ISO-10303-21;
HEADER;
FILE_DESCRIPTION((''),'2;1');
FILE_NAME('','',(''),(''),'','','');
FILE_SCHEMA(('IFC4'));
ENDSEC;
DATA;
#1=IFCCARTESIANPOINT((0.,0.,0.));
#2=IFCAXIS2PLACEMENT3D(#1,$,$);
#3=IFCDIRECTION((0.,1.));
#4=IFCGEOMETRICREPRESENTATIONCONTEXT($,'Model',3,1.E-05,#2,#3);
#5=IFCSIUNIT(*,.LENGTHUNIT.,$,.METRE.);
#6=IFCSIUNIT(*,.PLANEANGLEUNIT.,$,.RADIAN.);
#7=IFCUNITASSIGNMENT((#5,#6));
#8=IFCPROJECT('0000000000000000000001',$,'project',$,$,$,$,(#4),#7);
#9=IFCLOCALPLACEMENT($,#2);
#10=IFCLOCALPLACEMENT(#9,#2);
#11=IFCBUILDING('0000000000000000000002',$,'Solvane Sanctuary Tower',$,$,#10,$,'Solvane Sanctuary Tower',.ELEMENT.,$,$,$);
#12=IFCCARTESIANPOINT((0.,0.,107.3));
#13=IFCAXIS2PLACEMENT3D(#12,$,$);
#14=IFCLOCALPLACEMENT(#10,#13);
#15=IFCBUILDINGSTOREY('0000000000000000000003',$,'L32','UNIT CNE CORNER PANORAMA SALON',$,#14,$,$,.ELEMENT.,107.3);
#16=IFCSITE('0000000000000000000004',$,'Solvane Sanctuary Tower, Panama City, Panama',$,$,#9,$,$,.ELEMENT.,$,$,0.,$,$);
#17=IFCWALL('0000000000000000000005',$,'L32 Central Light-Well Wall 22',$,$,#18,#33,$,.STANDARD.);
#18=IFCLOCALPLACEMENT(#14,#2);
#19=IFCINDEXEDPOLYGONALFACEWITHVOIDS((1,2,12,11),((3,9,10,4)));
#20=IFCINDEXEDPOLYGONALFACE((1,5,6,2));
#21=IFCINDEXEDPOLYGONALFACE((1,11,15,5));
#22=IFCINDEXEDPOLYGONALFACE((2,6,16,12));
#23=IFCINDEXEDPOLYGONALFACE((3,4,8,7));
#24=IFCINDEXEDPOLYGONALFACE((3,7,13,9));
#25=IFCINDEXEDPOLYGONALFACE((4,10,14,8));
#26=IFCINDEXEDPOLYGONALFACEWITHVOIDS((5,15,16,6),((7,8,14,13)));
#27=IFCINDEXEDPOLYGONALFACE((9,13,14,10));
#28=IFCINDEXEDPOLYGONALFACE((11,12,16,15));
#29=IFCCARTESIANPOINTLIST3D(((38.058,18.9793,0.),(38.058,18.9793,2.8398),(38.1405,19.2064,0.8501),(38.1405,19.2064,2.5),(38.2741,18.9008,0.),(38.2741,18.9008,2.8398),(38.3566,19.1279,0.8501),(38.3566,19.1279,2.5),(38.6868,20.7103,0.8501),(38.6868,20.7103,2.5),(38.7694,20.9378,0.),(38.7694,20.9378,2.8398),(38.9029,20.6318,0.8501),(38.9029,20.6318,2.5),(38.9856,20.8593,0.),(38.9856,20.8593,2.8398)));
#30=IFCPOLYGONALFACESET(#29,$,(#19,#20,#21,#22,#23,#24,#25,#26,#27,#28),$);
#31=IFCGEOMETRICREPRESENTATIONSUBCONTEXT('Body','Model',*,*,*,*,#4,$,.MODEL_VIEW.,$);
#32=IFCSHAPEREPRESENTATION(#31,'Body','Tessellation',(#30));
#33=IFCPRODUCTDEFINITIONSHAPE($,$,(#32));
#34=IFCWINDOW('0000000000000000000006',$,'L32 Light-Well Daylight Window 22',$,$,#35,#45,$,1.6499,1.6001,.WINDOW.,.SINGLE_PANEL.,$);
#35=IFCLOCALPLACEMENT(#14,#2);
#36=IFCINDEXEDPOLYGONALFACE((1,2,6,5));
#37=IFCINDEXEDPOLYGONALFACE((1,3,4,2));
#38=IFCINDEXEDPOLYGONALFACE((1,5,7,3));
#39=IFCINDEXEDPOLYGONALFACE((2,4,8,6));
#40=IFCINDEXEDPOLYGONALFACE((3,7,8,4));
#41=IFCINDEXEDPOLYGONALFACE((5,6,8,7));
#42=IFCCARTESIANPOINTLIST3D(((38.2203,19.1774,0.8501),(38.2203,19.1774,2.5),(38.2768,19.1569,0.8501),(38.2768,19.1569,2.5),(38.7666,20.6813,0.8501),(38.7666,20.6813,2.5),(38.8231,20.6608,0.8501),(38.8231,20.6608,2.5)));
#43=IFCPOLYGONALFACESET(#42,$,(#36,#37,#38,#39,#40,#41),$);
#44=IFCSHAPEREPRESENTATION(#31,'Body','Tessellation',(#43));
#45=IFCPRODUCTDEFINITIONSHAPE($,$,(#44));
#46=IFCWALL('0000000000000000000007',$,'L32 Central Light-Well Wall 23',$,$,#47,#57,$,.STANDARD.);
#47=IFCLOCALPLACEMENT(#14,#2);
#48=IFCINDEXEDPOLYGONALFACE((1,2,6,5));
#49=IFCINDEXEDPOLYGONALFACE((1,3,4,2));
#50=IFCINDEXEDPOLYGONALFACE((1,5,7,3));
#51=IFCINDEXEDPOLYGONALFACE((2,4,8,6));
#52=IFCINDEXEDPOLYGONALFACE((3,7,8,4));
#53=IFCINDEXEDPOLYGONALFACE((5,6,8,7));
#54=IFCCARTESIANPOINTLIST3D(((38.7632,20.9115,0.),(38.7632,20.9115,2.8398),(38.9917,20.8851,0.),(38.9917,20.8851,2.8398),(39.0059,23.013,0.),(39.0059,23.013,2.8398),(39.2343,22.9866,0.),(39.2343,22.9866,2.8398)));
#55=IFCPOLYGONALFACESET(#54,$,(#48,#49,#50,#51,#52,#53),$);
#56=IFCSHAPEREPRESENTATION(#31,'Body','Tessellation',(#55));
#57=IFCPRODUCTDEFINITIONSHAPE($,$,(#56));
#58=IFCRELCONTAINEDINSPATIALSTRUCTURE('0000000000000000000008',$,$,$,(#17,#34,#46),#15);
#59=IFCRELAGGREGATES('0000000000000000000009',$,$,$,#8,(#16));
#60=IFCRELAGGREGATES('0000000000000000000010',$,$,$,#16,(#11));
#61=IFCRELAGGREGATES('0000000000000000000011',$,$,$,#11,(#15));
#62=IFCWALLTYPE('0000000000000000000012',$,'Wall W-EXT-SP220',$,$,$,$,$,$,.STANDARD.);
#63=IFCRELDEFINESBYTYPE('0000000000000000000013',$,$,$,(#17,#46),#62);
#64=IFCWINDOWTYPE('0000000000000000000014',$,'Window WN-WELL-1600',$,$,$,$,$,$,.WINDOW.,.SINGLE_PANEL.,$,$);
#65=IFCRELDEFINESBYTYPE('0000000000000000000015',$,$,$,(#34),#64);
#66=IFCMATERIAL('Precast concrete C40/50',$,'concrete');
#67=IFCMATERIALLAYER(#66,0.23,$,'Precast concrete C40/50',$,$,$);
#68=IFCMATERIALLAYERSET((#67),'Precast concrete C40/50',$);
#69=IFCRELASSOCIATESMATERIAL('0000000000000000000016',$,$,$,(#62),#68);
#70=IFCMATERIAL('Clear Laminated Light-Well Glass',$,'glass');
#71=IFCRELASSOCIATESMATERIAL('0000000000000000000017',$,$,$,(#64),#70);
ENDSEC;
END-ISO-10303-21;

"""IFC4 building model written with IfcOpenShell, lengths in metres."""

from ifc_helpers import new_model, si_unit, direction, frame, frame_2d, origin, place, context, subcontext, project, spatial, rectangle, extrude, material, layer, layer_set, type_object, element, fill, save


model = new_model("IFC4")

# Units and contexts
model_context = context("Model", 3, precision=1e-05, world=origin(), true_north=direction((0.0, 1.0)))
body_context = subcontext(model_context, "Body", "Model", "MODEL_VIEW")
ifc_project = project(units=[si_unit("LENGTHUNIT", "METRE"), si_unit("PLANEANGLEUNIT", "RADIAN")], contexts=[model_context])

# Site, building, storey
site_placement = place(None, origin())
site = spatial("IfcSite", under=ifc_project, at=site_placement, Name="Solvane Sanctuary Tower, Panama City, Panama", CompositionType="ELEMENT", RefElevation=0.0)
building_placement = place(site_placement, origin())
building = spatial("IfcBuilding", under=site, at=building_placement, Name="Solvane Sanctuary Tower", LongName="Solvane Sanctuary Tower", CompositionType="ELEMENT")
storey_placement = place(building_placement, frame((0.0, 0.0, 107.3)))
storey = spatial("IfcBuildingStorey", under=building, at=storey_placement, Name="L32", Description="UNIT CNE CORNER PANORAMA SALON", CompositionType="ELEMENT", Elevation=107.3)

# Shared definitions
ifc_material_1 = material(Name="Precast concrete C40/50", Category="concrete")
ifc_layer_1 = layer(ifc_material_1, 0.23, Name="Precast concrete C40/50")
ifc_layer_set_1 = layer_set([ifc_layer_1], Name="Precast concrete C40/50")
wall_type_1 = type_object("IfcWallType", Name="Wall W-EXT-SP220", PredefinedType="STANDARD", material=ifc_layer_set_1)

# Wall, opening, window
wall_1_placement = place(storey_placement, frame((38.166, 18.9399, 0.0), z_axis=(0.0, 0.0, 1.0), x_axis=(0.341423, 0.93991, 0.0)))
wall_1 = element("IfcWall", 1, at=wall_1_placement, inside=storey, type_object=wall_type_1, Name="L32 Central Light-Well Wall 22", PredefinedType="STANDARD", context=body_context, shape_type="SweptSolid", body=[
    extrude(rectangle(XDim=2.0837, YDim=0.23, at=frame_2d((1.042, 0.0))), origin(), (0.0, 0.0, 1.0), 2.8398),
])
opening_placement = place(wall_1_placement, frame((0.2417, 0.0, 0.8501)))
opening = element("IfcOpeningElement", 2, at=opening_placement, cuts=wall_1, PredefinedType="OPENING", context=body_context, shape_type="SweptSolid", body=[
    extrude(rectangle(XDim=1.6001, YDim=1.6499, at=frame_2d((0.8, 0.825))), frame((0.0, 0.125, 0.0), z_axis=(0.0, -1.0, 0.0), x_axis=(1.0, 0.0, 0.0)), (0.0, 0.0, 1.0), 0.25),
])
ifc_material_2 = material(Name="Clear Laminated Light-Well Glass", Category="glass")
window_type = type_object("IfcWindowType", Name="Window WN-WELL-1600", PartitioningType="SINGLE_PANEL", PredefinedType="WINDOW", material=ifc_material_2)
window_placement = place(opening_placement, origin())
window = element("IfcWindow", 3, at=window_placement, inside=storey, type_object=window_type, Name="L32 Light-Well Daylight Window 22", OverallHeight=1.6499, OverallWidth=1.6001, PartitioningType="SINGLE_PANEL", PredefinedType="WINDOW", context=body_context, shape_type="SweptSolid", body=[
    extrude(rectangle(XDim=1.6001, YDim=1.6499, at=frame_2d((0.8, 0.825))), frame((0.0, 0.03, 0.0), z_axis=(0.0, -1.0, 0.0), x_axis=(1.0, 0.0, 0.0)), (0.0, 0.0, 1.0), 0.0601),
])
fill(opening, window)

# Wall
wall_2_placement = place(storey_placement, frame((38.8774, 20.8984, 0.0), z_axis=(0.0, 0.0, 1.0), x_axis=(0.114712, 0.993399, 0.0)))
element("IfcWall", 4, at=wall_2_placement, inside=storey, type_object=wall_type_1, Name="L32 Central Light-Well Wall 23", PredefinedType="STANDARD", context=body_context, shape_type="SweptSolid", body=[
    extrude(rectangle(XDim=2.1155, YDim=0.23, at=frame_2d((1.0576, 0.0))), origin(), (0.0, 0.0, 1.0), 2.8398),
])

save(model, "model.ifc")
